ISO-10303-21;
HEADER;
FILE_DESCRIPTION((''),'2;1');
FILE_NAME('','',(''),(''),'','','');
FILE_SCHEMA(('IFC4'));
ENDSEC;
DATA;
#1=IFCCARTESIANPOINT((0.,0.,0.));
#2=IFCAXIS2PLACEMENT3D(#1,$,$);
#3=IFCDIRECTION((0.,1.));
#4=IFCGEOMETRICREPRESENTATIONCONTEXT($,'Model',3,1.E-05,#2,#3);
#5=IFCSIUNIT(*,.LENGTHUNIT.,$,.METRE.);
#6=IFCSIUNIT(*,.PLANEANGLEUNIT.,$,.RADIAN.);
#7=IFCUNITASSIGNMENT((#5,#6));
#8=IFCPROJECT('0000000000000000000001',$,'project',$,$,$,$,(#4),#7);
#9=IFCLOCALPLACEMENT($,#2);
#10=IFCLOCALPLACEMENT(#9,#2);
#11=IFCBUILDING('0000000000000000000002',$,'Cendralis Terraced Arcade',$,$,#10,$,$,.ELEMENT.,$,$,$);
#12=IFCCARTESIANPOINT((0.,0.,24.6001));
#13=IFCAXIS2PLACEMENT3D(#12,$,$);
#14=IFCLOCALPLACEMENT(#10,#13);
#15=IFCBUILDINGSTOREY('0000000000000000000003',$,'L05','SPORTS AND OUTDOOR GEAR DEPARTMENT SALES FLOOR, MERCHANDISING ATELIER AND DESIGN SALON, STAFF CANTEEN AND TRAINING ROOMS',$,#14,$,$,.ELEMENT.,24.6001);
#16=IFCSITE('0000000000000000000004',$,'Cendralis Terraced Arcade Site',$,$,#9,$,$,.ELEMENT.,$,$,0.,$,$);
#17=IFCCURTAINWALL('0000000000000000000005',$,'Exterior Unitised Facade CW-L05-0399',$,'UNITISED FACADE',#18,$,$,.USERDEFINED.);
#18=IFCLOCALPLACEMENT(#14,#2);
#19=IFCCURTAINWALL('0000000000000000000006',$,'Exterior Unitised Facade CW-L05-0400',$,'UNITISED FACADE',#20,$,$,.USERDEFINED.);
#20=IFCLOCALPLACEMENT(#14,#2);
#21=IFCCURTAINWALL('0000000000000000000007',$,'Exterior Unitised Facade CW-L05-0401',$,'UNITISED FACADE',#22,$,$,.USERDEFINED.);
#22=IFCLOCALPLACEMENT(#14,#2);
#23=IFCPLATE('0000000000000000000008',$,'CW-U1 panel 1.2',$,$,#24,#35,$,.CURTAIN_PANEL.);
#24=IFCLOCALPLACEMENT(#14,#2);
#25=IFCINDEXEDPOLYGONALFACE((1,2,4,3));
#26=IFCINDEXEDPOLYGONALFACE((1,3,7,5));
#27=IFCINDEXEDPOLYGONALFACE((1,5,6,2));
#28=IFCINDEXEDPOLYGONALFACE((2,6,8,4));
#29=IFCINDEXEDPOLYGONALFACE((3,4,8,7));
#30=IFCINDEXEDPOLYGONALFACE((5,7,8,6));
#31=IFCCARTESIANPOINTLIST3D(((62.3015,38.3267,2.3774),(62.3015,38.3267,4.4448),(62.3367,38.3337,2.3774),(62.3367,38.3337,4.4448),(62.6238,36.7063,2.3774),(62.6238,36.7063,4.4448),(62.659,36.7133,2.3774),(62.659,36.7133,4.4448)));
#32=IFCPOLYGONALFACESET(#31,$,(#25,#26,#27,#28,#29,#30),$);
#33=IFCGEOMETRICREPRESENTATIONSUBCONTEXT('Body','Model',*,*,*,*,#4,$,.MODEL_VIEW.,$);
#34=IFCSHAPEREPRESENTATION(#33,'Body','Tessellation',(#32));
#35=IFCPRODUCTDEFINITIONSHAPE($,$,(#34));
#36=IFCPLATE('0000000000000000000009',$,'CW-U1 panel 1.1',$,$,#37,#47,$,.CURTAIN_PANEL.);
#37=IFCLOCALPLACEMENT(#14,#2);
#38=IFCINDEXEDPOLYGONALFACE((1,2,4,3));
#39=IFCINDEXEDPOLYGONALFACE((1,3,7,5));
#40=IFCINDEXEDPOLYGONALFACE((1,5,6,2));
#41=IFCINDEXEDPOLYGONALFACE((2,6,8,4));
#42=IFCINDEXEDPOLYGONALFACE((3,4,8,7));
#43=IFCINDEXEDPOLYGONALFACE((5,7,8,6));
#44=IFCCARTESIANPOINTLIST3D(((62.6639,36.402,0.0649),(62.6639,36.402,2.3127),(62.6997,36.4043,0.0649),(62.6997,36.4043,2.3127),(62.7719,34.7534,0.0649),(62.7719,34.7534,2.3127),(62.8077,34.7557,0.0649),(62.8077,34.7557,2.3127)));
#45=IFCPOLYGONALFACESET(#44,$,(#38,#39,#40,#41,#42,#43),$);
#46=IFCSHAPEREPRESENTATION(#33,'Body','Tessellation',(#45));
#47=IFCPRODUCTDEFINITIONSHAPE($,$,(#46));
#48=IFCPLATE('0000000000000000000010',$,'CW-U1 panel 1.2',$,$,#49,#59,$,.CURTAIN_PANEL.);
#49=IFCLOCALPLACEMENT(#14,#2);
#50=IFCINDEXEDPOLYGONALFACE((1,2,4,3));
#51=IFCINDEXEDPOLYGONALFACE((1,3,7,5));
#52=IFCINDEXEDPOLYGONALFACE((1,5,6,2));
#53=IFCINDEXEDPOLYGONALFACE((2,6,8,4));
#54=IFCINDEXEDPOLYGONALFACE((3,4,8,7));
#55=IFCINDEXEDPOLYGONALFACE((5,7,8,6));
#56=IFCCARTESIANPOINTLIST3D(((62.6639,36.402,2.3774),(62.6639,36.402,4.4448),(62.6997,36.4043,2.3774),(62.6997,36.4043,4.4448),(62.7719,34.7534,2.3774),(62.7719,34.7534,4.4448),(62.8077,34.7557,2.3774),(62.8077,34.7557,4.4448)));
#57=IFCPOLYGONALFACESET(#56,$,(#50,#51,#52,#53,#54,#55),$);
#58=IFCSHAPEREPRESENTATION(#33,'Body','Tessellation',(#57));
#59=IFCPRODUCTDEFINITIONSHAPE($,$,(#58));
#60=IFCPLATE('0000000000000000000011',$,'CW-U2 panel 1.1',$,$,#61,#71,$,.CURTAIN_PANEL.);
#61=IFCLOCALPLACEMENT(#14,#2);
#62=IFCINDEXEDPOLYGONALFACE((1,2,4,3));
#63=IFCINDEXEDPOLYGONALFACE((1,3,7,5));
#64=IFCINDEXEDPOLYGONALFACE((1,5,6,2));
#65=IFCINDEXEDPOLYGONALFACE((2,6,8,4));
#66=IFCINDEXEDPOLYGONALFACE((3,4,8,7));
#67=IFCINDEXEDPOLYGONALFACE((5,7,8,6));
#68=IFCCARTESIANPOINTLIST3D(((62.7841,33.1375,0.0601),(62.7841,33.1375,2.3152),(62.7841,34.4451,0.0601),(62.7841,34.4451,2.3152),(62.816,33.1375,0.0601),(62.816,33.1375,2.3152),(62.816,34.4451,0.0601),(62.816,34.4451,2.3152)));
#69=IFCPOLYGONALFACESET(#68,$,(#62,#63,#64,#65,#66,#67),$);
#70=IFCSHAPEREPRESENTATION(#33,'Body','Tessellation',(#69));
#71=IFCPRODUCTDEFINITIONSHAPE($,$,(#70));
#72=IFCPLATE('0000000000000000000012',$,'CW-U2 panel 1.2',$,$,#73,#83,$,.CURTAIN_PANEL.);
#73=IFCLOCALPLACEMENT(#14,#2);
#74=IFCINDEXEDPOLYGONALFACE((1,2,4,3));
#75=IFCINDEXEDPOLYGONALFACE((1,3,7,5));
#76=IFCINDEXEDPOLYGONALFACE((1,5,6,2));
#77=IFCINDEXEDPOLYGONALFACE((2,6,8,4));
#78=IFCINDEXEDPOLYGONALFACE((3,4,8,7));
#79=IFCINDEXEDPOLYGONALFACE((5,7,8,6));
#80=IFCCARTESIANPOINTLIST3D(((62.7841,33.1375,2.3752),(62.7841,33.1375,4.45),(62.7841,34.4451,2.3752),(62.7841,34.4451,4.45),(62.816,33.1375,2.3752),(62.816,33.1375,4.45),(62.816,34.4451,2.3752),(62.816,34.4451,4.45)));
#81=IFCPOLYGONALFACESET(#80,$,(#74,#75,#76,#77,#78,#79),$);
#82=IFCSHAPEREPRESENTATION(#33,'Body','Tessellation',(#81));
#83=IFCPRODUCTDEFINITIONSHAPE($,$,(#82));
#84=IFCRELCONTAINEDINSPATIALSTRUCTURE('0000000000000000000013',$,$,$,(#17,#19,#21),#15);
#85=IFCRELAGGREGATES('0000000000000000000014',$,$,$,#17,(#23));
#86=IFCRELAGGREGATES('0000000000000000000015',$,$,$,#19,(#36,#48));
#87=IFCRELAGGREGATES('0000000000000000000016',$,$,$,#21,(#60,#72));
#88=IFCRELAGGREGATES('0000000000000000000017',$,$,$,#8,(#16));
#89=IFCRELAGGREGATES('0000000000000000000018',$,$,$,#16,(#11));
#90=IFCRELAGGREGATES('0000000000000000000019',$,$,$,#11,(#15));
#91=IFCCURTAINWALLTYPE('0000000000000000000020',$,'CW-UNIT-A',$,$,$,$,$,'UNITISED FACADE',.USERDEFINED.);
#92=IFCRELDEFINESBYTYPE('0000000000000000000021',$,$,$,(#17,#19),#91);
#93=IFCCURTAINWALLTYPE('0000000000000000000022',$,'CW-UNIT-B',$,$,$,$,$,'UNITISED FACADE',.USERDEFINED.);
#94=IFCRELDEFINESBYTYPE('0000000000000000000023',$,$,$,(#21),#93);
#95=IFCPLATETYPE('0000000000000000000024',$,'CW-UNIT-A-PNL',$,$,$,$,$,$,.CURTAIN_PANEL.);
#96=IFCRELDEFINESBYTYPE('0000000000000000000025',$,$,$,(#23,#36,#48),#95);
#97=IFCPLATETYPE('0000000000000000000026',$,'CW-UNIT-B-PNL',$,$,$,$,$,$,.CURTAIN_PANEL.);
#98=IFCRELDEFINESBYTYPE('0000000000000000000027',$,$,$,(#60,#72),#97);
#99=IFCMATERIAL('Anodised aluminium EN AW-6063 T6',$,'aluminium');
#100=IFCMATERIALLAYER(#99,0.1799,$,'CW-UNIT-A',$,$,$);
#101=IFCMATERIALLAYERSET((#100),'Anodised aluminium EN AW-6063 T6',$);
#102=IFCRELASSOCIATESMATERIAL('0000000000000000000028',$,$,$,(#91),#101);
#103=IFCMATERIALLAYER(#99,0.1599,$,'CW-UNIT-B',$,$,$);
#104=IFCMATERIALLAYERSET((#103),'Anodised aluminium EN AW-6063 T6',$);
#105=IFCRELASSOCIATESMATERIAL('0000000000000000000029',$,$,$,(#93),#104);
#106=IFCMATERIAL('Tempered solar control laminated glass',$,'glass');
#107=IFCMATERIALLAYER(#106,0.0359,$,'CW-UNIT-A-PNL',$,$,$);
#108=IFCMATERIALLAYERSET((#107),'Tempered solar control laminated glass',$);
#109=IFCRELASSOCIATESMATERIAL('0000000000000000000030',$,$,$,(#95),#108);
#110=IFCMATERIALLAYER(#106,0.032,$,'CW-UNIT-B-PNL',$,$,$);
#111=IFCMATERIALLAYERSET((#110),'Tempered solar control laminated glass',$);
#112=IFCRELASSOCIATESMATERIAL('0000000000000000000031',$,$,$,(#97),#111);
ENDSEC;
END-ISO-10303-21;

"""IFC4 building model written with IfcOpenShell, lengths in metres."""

from ifc_helpers import new_model, si_unit, direction, frame, origin, origin_2d, place, context, subcontext, project, spatial, rectangle, extrude, material, layer, layer_set, type_object, element, aggregate, save


model = new_model("IFC4")

# Units and contexts
model_context = context("Model", 3, precision=1e-05, world=origin(), true_north=direction((0.0, 1.0)))
body_context = subcontext(model_context, "Body", "Model", "MODEL_VIEW")
ifc_project = project(units=[si_unit("LENGTHUNIT", "METRE"), si_unit("PLANEANGLEUNIT", "RADIAN")], contexts=[model_context])

# Site, building, storey
site_placement = place(None, origin())
site = spatial("IfcSite", under=ifc_project, at=site_placement, Name="Cendralis Terraced Arcade Site", CompositionType="ELEMENT", RefElevation=0.0)
building_placement = place(site_placement, origin())
building = spatial("IfcBuilding", under=site, at=building_placement, Name="Cendralis Terraced Arcade", CompositionType="ELEMENT")
storey_placement = place(building_placement, frame((0.0, 0.0, 24.6001)))
storey = spatial("IfcBuildingStorey", under=building, at=storey_placement, Name="L05", Description="SPORTS AND OUTDOOR GEAR DEPARTMENT SALES FLOOR, MERCHANDISING ATELIER AND DESIGN SALON, STAFF CANTEEN AND TRAINING ROOMS", CompositionType="ELEMENT", Elevation=24.6001)

# Shared definitions
ifc_material_1 = material(Name="Anodised aluminium EN AW-6063 T6", Category="aluminium")
ifc_layer_1 = layer(ifc_material_1, 0.1799, Name="CW-UNIT-A")
ifc_layer_set_1 = layer_set([ifc_layer_1], Name="Anodised aluminium EN AW-6063 T6")
curtain_wall_type_1 = type_object("IfcCurtainWallType", Name="CW-UNIT-A", ElementType="UNITISED FACADE", PredefinedType="USERDEFINED", material=ifc_layer_set_1)

# Curtain walls
curtain_wall_1_placement = place(storey_placement, origin())
curtain_wall_1 = element("IfcCurtainWall", 1, at=curtain_wall_1_placement, inside=storey, type_object=curtain_wall_type_1, Name="Exterior Unitised Facade CW-L05-0399", ObjectType="UNITISED FACADE", PredefinedType="USERDEFINED")
curtain_wall_2_placement = place(storey_placement, origin())
curtain_wall_2 = element("IfcCurtainWall", 2, at=curtain_wall_2_placement, inside=storey, type_object=curtain_wall_type_1, Name="Exterior Unitised Facade CW-L05-0400", ObjectType="UNITISED FACADE", PredefinedType="USERDEFINED")

# Curtain wall
ifc_layer_2 = layer(ifc_material_1, 0.1599, Name="CW-UNIT-B")
ifc_layer_set_2 = layer_set([ifc_layer_2], Name="Anodised aluminium EN AW-6063 T6")
curtain_wall_type_2 = type_object("IfcCurtainWallType", Name="CW-UNIT-B", ElementType="UNITISED FACADE", PredefinedType="USERDEFINED", material=ifc_layer_set_2)
curtain_wall_3_placement = place(storey_placement, origin())
curtain_wall_3 = element("IfcCurtainWall", 3, at=curtain_wall_3_placement, inside=storey, type_object=curtain_wall_type_2, Name="Exterior Unitised Facade CW-L05-0401", ObjectType="UNITISED FACADE", PredefinedType="USERDEFINED")

# Plates
ifc_material_2 = material(Name="Tempered solar control laminated glass", Category="glass")
ifc_layer_3 = layer(ifc_material_2, 0.0359, Name="CW-UNIT-A-PNL")
ifc_layer_set_3 = layer_set([ifc_layer_3], Name="Tempered solar control laminated glass")
plate_type_1 = type_object("IfcPlateType", Name="CW-UNIT-A-PNL", PredefinedType="CURTAIN_PANEL", material=ifc_layer_set_3)
plate_1_placement = place(storey_placement, frame((62.4802, 37.52, 2.3774), z_axis=(0.0, 0.0, 1.0), x_axis=(0.195058, -0.980792, 0.0)))
plate_1 = element("IfcPlate", 4, at=plate_1_placement, type_object=plate_type_1, Name="CW-U1 panel 1.2", PredefinedType="CURTAIN_PANEL", context=body_context, shape_type="SweptSolid", body=[
    extrude(rectangle(XDim=1.6521, YDim=0.0359, at=origin_2d()), origin(), (0.0, 0.0, 1.0), 2.0674),
])
aggregate(curtain_wall_1, [plate_1])
plate_2_placement = place(storey_placement, frame((62.7358, 35.5789, 0.0649), z_axis=(0.0, 0.0, 1.0), x_axis=(0.065372, -0.997861, 0.0)))
plate_2 = element("IfcPlate", 5, at=plate_2_placement, type_object=plate_type_1, Name="CW-U1 panel 1.1", PredefinedType="CURTAIN_PANEL", context=body_context, shape_type="SweptSolid", body=[
    extrude(rectangle(XDim=1.6521, YDim=0.0359, at=origin_2d()), origin(), (0.0, 0.0, 1.0), 2.2478),
])
plate_3_placement = place(storey_placement, frame((62.7358, 35.5789, 2.3774), z_axis=(0.0, 0.0, 1.0), x_axis=(0.065372, -0.997861, 0.0)))
plate_3 = element("IfcPlate", 6, at=plate_3_placement, type_object=plate_type_1, Name="CW-U1 panel 1.2", PredefinedType="CURTAIN_PANEL", context=body_context, shape_type="SweptSolid", body=[
    extrude(rectangle(XDim=1.6521, YDim=0.0359, at=origin_2d()), origin(), (0.0, 0.0, 1.0), 2.0674),
])
aggregate(curtain_wall_2, [plate_2, plate_3])
ifc_layer_4 = layer(ifc_material_2, 0.032, Name="CW-UNIT-B-PNL")
ifc_layer_set_4 = layer_set([ifc_layer_4], Name="Tempered solar control laminated glass")
plate_type_2 = type_object("IfcPlateType", Name="CW-UNIT-B-PNL", PredefinedType="CURTAIN_PANEL", material=ifc_layer_set_4)
plate_4_placement = place(storey_placement, frame((62.8, 33.7913, 0.0601), z_axis=(0.0, 0.0, 1.0), x_axis=(0.0, -1.0, 0.0)))
plate_4 = element("IfcPlate", 7, at=plate_4_placement, type_object=plate_type_2, Name="CW-U2 panel 1.1", PredefinedType="CURTAIN_PANEL", context=body_context, shape_type="SweptSolid", body=[
    extrude(rectangle(XDim=1.3076, YDim=0.032, at=origin_2d()), origin(), (0.0, 0.0, 1.0), 2.2551),
])
plate_5_placement = place(storey_placement, frame((62.8, 33.7913, 2.3752), z_axis=(0.0, 0.0, 1.0), x_axis=(0.0, -1.0, 0.0)))
plate_5 = element("IfcPlate", 8, at=plate_5_placement, type_object=plate_type_2, Name="CW-U2 panel 1.2", PredefinedType="CURTAIN_PANEL", context=body_context, shape_type="SweptSolid", body=[
    extrude(rectangle(XDim=1.3076, YDim=0.032, at=origin_2d()), origin(), (0.0, 0.0, 1.0), 2.0747),
])
aggregate(curtain_wall_3, [plate_4, plate_5])

save(model, "model.ifc")
